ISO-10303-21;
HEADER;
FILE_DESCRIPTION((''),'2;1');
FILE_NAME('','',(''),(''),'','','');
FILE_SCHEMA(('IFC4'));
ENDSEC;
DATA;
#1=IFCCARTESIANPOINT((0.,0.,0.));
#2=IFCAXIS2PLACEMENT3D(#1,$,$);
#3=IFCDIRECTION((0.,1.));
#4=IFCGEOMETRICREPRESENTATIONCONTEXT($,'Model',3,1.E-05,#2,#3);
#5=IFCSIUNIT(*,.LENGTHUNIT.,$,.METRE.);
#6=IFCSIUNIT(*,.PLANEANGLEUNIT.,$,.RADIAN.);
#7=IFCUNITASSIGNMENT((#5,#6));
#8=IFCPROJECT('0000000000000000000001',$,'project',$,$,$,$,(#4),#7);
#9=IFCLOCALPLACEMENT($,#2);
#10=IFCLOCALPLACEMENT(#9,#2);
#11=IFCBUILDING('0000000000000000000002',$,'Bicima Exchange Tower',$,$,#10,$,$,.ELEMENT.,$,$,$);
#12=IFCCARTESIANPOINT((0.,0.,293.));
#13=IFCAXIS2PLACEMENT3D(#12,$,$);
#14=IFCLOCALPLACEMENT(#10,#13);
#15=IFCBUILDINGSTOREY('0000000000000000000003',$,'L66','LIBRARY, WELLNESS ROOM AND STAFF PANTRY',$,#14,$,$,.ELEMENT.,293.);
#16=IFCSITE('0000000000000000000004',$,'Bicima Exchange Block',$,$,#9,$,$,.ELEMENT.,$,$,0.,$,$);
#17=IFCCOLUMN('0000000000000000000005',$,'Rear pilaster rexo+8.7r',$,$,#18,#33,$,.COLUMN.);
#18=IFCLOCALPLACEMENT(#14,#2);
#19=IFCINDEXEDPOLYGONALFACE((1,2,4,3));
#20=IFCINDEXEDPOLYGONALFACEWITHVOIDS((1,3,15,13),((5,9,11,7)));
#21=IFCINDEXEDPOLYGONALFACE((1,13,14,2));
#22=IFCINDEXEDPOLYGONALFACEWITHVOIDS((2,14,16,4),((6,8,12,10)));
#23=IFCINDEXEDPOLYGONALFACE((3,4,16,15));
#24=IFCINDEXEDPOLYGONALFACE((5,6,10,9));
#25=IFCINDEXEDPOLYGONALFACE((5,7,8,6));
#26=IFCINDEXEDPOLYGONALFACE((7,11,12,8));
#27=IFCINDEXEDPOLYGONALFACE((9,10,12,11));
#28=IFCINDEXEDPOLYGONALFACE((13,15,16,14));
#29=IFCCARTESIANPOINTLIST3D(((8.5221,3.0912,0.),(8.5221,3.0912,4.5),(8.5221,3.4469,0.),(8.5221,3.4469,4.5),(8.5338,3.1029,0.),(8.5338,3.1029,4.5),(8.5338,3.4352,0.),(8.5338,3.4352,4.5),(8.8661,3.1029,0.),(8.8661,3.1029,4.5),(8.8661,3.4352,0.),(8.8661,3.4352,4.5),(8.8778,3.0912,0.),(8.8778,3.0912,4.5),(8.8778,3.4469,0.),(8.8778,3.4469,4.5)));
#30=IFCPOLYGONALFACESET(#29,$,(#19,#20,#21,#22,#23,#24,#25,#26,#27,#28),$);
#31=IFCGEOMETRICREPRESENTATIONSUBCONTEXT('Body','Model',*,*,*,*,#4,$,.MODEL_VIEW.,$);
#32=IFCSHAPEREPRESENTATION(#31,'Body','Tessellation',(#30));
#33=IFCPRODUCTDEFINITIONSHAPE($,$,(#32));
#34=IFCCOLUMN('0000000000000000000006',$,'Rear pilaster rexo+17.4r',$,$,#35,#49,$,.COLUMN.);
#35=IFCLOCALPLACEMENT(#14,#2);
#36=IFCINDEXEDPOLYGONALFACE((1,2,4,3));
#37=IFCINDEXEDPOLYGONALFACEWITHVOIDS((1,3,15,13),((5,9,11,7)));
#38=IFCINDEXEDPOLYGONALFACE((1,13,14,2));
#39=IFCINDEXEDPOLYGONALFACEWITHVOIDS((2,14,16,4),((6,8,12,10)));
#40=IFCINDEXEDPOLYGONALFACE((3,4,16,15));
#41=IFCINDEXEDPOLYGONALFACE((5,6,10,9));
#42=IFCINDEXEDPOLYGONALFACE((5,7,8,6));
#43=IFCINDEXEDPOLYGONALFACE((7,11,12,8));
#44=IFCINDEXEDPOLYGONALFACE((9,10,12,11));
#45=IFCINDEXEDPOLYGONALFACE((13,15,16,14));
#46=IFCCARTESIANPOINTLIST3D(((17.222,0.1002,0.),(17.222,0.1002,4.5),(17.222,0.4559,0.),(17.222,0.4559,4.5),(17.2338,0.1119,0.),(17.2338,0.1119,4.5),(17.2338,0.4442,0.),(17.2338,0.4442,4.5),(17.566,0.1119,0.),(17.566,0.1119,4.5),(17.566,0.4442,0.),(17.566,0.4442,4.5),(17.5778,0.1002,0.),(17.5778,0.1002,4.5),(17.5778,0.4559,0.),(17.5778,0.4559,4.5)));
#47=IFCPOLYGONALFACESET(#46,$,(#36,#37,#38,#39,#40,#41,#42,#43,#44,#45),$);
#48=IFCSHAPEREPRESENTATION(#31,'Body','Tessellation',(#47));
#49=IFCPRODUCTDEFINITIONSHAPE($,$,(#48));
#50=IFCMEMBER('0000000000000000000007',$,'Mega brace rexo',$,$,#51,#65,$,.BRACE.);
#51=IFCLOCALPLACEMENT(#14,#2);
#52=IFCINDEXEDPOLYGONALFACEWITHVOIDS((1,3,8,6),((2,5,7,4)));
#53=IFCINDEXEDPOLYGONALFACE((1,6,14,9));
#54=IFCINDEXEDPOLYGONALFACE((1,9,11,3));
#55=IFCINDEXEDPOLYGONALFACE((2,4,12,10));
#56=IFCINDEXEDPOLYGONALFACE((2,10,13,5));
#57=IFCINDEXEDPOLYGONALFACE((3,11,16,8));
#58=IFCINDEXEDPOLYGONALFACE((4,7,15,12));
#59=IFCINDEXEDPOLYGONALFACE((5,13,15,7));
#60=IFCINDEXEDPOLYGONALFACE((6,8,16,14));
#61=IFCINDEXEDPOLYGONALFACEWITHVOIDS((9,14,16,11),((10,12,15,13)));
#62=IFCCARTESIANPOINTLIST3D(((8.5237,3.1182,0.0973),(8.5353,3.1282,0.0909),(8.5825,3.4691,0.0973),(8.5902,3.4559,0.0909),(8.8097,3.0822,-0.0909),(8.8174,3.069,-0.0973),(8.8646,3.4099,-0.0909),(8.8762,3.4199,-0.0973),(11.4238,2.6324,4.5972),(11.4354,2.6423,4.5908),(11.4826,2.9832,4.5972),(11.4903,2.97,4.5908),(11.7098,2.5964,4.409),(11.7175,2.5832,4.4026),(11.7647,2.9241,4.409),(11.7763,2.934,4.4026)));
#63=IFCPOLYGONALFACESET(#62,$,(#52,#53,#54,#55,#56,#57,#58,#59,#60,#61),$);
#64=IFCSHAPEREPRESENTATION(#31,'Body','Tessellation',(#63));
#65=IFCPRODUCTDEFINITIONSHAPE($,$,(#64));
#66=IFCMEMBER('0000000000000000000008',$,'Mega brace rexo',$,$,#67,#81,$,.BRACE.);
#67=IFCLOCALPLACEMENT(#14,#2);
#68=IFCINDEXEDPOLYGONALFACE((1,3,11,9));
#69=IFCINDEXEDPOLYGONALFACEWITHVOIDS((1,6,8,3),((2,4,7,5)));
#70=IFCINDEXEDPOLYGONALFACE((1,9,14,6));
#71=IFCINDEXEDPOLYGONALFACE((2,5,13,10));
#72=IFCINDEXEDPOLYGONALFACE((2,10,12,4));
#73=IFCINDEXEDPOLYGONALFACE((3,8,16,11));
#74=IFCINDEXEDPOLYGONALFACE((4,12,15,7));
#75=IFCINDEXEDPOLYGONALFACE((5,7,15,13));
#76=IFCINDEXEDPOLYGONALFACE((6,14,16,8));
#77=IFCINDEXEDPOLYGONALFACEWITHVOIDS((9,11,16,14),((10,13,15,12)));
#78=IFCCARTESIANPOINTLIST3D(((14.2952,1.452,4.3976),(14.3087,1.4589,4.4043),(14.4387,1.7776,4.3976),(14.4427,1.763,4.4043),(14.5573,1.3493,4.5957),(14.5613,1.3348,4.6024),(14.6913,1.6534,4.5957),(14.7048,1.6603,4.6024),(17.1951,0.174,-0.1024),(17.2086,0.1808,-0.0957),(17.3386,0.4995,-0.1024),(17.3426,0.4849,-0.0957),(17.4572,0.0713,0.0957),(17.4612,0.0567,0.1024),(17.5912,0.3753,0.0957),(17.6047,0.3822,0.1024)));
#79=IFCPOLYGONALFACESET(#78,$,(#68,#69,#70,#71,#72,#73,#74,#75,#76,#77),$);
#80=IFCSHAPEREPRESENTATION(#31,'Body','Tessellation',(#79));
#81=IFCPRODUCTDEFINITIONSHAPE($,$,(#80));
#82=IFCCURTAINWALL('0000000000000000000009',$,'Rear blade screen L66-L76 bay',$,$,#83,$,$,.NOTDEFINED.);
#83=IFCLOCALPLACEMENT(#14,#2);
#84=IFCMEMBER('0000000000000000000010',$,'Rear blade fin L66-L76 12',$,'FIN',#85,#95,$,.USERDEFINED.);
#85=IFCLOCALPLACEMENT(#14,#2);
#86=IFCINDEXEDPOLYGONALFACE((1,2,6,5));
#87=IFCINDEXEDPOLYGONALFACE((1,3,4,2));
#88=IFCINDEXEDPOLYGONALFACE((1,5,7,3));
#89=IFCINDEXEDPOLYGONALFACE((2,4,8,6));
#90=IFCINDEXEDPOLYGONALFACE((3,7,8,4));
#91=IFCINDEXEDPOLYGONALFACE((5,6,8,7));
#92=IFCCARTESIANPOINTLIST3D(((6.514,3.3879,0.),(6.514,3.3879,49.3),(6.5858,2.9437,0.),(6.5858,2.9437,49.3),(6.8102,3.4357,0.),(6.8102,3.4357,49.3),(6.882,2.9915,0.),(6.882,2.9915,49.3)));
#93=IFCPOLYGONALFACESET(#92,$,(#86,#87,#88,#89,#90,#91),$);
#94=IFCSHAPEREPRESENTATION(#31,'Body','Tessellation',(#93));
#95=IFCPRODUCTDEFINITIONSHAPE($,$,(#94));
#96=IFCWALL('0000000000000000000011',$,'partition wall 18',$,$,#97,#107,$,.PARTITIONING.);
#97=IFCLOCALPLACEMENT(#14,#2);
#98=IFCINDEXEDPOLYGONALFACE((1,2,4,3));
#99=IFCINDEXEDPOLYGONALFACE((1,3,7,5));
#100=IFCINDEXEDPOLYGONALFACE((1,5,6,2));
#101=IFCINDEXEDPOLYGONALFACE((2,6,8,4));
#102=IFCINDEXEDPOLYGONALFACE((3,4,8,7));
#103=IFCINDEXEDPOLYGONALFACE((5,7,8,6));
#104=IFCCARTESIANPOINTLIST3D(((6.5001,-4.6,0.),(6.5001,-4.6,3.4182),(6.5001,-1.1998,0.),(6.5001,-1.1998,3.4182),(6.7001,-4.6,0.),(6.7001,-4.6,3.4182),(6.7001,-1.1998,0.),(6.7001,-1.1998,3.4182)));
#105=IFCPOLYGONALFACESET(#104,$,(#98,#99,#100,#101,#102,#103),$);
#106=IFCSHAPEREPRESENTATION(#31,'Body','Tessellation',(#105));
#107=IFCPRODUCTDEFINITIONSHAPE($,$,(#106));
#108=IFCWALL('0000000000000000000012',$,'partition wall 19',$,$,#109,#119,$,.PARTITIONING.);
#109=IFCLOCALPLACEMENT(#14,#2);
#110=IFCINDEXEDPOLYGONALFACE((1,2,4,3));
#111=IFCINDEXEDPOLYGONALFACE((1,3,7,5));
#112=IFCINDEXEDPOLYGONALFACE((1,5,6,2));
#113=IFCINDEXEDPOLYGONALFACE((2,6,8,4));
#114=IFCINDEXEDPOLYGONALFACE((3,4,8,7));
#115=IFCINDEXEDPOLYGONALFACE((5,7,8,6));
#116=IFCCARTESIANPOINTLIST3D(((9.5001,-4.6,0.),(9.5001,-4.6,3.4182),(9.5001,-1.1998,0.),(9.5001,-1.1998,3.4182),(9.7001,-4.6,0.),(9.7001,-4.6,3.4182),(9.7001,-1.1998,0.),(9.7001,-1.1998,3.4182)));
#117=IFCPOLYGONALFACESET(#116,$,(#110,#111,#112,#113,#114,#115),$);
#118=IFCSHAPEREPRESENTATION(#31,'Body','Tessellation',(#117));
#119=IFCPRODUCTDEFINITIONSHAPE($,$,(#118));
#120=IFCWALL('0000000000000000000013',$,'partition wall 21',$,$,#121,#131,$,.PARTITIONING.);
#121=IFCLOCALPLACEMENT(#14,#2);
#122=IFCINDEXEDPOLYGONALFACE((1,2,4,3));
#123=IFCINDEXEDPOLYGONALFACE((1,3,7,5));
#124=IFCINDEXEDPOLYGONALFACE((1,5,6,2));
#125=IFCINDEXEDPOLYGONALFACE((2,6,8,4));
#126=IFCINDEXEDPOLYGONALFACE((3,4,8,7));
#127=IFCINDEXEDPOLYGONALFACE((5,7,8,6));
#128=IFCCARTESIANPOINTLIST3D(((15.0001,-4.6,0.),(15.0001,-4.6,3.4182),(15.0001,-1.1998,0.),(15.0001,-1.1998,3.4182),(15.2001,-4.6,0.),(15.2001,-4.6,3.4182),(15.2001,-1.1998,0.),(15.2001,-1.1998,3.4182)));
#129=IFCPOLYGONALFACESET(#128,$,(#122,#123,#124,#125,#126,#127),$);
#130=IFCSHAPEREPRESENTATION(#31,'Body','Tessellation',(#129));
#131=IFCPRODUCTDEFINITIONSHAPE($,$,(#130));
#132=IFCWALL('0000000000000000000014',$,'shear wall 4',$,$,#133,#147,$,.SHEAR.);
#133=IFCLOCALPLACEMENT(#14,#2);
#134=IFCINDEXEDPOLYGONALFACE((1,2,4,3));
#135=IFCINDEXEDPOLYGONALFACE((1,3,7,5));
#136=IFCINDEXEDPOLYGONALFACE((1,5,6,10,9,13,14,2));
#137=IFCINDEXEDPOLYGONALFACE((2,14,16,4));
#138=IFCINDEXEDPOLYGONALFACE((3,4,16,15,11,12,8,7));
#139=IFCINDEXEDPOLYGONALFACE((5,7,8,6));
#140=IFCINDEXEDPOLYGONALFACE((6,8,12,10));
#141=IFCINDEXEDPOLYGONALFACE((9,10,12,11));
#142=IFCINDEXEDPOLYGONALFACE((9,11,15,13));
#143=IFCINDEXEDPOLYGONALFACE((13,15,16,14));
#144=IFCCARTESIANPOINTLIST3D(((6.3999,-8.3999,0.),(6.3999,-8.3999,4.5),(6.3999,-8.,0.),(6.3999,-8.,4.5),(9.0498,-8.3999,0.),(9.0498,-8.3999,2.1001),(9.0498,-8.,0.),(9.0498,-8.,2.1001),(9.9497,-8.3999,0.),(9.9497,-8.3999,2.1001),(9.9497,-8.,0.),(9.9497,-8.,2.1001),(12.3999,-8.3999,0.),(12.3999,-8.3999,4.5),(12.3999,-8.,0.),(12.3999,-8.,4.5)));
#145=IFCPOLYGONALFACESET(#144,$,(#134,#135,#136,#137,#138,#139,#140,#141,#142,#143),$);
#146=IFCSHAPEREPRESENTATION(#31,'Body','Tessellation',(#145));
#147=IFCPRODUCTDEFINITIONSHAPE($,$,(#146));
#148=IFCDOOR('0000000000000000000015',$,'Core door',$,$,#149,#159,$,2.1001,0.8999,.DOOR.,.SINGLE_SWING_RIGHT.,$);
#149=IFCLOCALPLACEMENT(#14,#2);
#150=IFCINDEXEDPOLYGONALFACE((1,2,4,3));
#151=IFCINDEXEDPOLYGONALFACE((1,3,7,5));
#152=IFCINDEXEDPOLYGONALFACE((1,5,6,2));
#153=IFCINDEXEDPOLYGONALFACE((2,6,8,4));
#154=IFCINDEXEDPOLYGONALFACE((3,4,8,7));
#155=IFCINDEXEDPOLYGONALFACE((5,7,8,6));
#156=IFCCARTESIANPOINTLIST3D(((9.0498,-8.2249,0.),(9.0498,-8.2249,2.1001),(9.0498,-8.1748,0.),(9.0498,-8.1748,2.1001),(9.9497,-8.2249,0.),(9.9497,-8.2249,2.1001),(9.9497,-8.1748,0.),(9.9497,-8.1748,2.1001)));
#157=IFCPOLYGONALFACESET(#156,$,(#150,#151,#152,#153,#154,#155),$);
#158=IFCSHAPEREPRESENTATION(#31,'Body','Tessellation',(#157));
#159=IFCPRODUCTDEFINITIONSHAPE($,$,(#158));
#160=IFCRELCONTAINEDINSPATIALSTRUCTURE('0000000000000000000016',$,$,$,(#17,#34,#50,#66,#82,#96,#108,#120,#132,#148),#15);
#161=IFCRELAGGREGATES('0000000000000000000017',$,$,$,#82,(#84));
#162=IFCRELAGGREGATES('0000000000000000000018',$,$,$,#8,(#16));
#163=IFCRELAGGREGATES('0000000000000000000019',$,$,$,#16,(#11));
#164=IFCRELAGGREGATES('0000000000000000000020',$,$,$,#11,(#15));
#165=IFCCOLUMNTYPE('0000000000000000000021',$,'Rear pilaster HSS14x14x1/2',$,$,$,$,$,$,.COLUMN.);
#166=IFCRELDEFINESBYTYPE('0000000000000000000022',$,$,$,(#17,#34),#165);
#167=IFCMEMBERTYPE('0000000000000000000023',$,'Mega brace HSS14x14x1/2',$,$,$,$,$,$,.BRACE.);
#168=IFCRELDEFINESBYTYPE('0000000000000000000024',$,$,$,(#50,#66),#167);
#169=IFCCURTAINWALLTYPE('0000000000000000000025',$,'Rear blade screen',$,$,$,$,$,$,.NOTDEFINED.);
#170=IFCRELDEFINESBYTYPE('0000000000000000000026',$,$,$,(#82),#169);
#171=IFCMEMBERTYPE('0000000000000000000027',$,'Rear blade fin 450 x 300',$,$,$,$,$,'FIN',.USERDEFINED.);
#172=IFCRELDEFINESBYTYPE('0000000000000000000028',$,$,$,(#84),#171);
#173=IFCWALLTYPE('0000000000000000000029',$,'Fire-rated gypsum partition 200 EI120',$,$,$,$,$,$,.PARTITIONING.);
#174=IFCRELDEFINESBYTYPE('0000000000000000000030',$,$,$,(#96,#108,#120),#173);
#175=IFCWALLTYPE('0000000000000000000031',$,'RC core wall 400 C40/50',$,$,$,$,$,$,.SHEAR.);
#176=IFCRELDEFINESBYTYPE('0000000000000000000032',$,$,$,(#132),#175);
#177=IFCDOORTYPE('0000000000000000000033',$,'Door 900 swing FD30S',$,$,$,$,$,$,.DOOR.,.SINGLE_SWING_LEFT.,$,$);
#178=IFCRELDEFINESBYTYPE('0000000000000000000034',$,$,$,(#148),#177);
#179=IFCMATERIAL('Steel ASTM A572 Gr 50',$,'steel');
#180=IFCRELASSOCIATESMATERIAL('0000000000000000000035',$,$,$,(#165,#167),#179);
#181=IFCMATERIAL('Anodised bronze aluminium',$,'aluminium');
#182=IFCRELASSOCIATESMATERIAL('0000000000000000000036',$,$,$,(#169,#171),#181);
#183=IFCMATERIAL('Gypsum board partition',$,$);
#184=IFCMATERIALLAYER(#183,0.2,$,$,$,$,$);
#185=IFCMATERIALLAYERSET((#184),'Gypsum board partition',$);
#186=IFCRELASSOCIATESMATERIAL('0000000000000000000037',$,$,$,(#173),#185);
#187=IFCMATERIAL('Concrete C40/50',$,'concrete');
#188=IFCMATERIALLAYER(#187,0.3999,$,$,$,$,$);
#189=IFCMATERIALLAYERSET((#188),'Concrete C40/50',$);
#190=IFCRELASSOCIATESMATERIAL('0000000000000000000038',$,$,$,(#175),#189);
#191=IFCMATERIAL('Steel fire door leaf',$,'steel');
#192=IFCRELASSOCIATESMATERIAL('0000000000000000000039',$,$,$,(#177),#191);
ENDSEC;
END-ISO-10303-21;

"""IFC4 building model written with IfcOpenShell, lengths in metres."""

from ifc_helpers import new_model, si_unit, direction, frame, frame_2d, origin, origin_2d, place, context, subcontext, project, spatial, rectangle, hollow_rectangle, extrude, material, layer, layer_set, material_profile, profile_set, type_object, element, fill, aggregate, save


model = new_model("IFC4")

# Units and contexts
model_context = context("Model", 3, precision=1e-05, world=origin(), true_north=direction((0.0, 1.0)))
body_context = subcontext(model_context, "Body", "Model", "MODEL_VIEW")
ifc_project = project(units=[si_unit("LENGTHUNIT", "METRE"), si_unit("PLANEANGLEUNIT", "RADIAN")], contexts=[model_context])

# Site, building, storey
site_placement = place(None, origin())
site = spatial("IfcSite", under=ifc_project, at=site_placement, Name="Bicima Exchange Block", CompositionType="ELEMENT", RefElevation=0.0)
building_placement = place(site_placement, origin())
building = spatial("IfcBuilding", under=site, at=building_placement, Name="Bicima Exchange Tower", CompositionType="ELEMENT")
storey_placement = place(building_placement, frame((0.0, 0.0, 293.0)))
storey = spatial("IfcBuildingStorey", under=building, at=storey_placement, Name="L66", Description="LIBRARY, WELLNESS ROOM AND STAFF PANTRY", CompositionType="ELEMENT", Elevation=293.0)

# Columns
ifc_material_1 = material(Name="Steel ASTM A572 Gr 50", Category="steel")
ifc_material_profile_1 = material_profile(ifc_material_1, hollow_rectangle(XDim=0.3557, YDim=0.3557, WallThickness=0.0117, at=origin_2d()))
ifc_profile_set_1 = profile_set([ifc_material_profile_1], Name="Steel ASTM A572 Gr 50")
column_type = type_object("IfcColumnType", Name="Rear pilaster HSS14x14x1/2", PredefinedType="COLUMN", material=ifc_profile_set_1)
for number, where, z_axis, x_axis, name in (
    (1, (8.7, 3.269, 0.0), (0.0, 0.0, 1.0), (1.0, 0.0, 0.0), "Rear pilaster rexo+8.7r"),
    (2, (17.3999, 0.2781, 0.0), (0.0, 0.0, 1.0), (1.0, 0.0, 0.0), "Rear pilaster rexo+17.4r"),
):
    element("IfcColumn", number, at=place(storey_placement, frame(where, z_axis=z_axis, x_axis=x_axis)), inside=storey, type_object=column_type, Name=name, PredefinedType="COLUMN", context=body_context, shape_type="SweptSolid", body=[
        extrude(hollow_rectangle(XDim=0.3557, YDim=0.3557, WallThickness=0.0117, at=origin_2d()), origin(), (0.0, 0.0, 1.0), 4.5),
    ])

# Members
member_type_1 = type_object("IfcMemberType", Name="Mega brace HSS14x14x1/2", PredefinedType="BRACE", material=ifc_profile_set_1)
member_1_placement = place(storey_placement, frame((8.7, 3.269, 0.0), z_axis=(0.539504, -0.090379, 0.837119), x_axis=(0.16522, 0.986257, 0.0)))
element("IfcMember", 3, at=member_1_placement, inside=storey, type_object=member_type_1, Name="Mega brace rexo", PredefinedType="BRACE", context=body_context, shape_type="SweptSolid", body=[
    extrude(hollow_rectangle(XDim=0.3557, YDim=0.3557, WallThickness=0.0117, at=origin_2d()), origin(), (0.0, 0.0, 1.0), 5.3755),
])
member_2_placement = place(storey_placement, frame((17.3999, 0.2781, 0.0), z_axis=(-0.526881, 0.232213, 0.817602), x_axis=(-0.403299, -0.915068, 0.0)))
element("IfcMember", 4, at=member_2_placement, inside=storey, type_object=member_type_1, Name="Mega brace rexo", PredefinedType="BRACE", context=body_context, shape_type="SweptSolid", body=[
    extrude(hollow_rectangle(XDim=0.3557, YDim=0.3557, WallThickness=0.0117, at=origin_2d()), origin(), (0.0, 0.0, 1.0), 5.5039),
])

# Curtain wall, member
ifc_material_2 = material(Name="Anodised bronze aluminium", Category="aluminium")
curtain_wall_type = type_object("IfcCurtainWallType", Name="Rear blade screen", PredefinedType="NOTDEFINED", material=ifc_material_2)
curtain_wall_placement = place(storey_placement, origin())
curtain_wall = element("IfcCurtainWall", 5, at=curtain_wall_placement, inside=storey, type_object=curtain_wall_type, Name="Rear blade screen L66-L76 bay", PredefinedType="NOTDEFINED")
ifc_material_profile_2 = material_profile(ifc_material_2, rectangle(XDim=0.45, YDim=0.3, at=origin_2d()))
ifc_profile_set_2 = profile_set([ifc_material_profile_2], Name="Anodised bronze aluminium")
member_type_2 = type_object("IfcMemberType", Name="Rear blade fin 450 x 300", ElementType="FIN", PredefinedType="USERDEFINED", material=ifc_profile_set_2)
member_3_placement = place(storey_placement, frame((6.698, 3.1897, 0.0), z_axis=(0.0, 0.0, 1.0), x_axis=(-0.159549, 0.98719, 0.0)))
member_3 = element("IfcMember", 6, at=member_3_placement, type_object=member_type_2, Name="Rear blade fin L66-L76 12", ObjectType="FIN", PredefinedType="USERDEFINED", context=body_context, shape_type="SweptSolid", body=[
    extrude(rectangle(XDim=0.45, YDim=0.3, at=origin_2d()), origin(), (0.0, 0.0, 1.0), 49.3),
])
aggregate(curtain_wall, [member_3])

# Walls
ifc_material_3 = material(Name="Gypsum board partition")
ifc_layer_1 = layer(ifc_material_3, 0.2)
ifc_layer_set_1 = layer_set([ifc_layer_1], Name="Gypsum board partition")
wall_type_1 = type_object("IfcWallType", Name="Fire-rated gypsum partition 200 EI120", PredefinedType="PARTITIONING", material=ifc_layer_set_1)
for number, where, z_axis, x_axis, name in (
    (7, (6.6001, -4.6001, 0.0), (0.0, 0.0, 1.0), (0.0, 1.0, 0.0), "partition wall 18"),
    (8, (9.6001, -4.6001, 0.0), (0.0, 0.0, 1.0), (0.0, 1.0, 0.0), "partition wall 19"),
    (9, (15.1001, -4.6001, 0.0), (0.0, 0.0, 1.0), (0.0, 1.0, 0.0), "partition wall 21"),
):
    element("IfcWall", number, at=place(storey_placement, frame(where, z_axis=z_axis, x_axis=x_axis)), inside=storey, type_object=wall_type_1, Name=name, PredefinedType="PARTITIONING", context=body_context, shape_type="SweptSolid", body=[
        extrude(rectangle(XDim=3.4001, YDim=0.2, at=frame_2d((1.7002, 0.0))), origin(), (0.0, 0.0, 1.0), 3.4182),
    ])

# Wall, opening, door
ifc_material_4 = material(Name="Concrete C40/50", Category="concrete")
ifc_layer_2 = layer(ifc_material_4, 0.3999)
ifc_layer_set_2 = layer_set([ifc_layer_2], Name="Concrete C40/50")
wall_type_2 = type_object("IfcWallType", Name="RC core wall 400 C40/50", PredefinedType="SHEAR", material=ifc_layer_set_2)
wall_1_placement = place(storey_placement, frame((6.3999, -8.2, 0.0), z_axis=(0.0, 0.0, 1.0), x_axis=(1.0, 0.0, 0.0)))
wall_1 = element("IfcWall", 10, at=wall_1_placement, inside=storey, type_object=wall_type_2, Name="shear wall 4", PredefinedType="SHEAR", context=body_context, shape_type="SweptSolid", body=[
    extrude(rectangle(XDim=6.0, YDim=0.3999, at=frame_2d((3.0, 0.0))), origin(), (0.0, 0.0, 1.0), 4.5),
])
opening_1_placement = place(wall_1_placement, frame((2.6499, 0.0, 0.0)))
opening_1 = element("IfcOpeningElement", 11, at=opening_1_placement, cuts=wall_1, PredefinedType="OPENING", context=body_context, shape_type="SweptSolid", body=[
    extrude(rectangle(XDim=0.8999, YDim=2.1001, at=frame_2d((0.45, 1.05))), frame((0.0, 0.2119, 0.0), z_axis=(0.0, -1.0, 0.0), x_axis=(1.0, 0.0, 0.0)), (0.0, 0.0, 1.0), 0.4238),
])
ifc_material_5 = material(Name="Steel fire door leaf", Category="steel")
door_type_1 = type_object("IfcDoorType", Name="Door 900 swing FD30S", OperationType="SINGLE_SWING_LEFT", PredefinedType="DOOR", material=ifc_material_5)
door_1_placement = place(opening_1_placement, frame((0.8999, 0.0, 0.0), z_axis=(0.0, 0.0, 1.0), x_axis=(-1.0, 0.0, 0.0)))
door_1 = element("IfcDoor", 12, at=door_1_placement, inside=storey, type_object=door_type_1, Name="Core door", OperationType="SINGLE_SWING_RIGHT", OverallHeight=2.1001, OverallWidth=0.8999, PredefinedType="DOOR", context=body_context, shape_type="SweptSolid", body=[
    extrude(rectangle(XDim=0.8999, YDim=2.1001, at=frame_2d((0.45, 1.05))), frame((0.0, 0.0249, 0.0), z_axis=(0.0, -1.0, 0.0), x_axis=(1.0, 0.0, 0.0)), (0.0, 0.0, 1.0), 0.05),
])
fill(opening_1, door_1)

save(model, "model.ifc")
